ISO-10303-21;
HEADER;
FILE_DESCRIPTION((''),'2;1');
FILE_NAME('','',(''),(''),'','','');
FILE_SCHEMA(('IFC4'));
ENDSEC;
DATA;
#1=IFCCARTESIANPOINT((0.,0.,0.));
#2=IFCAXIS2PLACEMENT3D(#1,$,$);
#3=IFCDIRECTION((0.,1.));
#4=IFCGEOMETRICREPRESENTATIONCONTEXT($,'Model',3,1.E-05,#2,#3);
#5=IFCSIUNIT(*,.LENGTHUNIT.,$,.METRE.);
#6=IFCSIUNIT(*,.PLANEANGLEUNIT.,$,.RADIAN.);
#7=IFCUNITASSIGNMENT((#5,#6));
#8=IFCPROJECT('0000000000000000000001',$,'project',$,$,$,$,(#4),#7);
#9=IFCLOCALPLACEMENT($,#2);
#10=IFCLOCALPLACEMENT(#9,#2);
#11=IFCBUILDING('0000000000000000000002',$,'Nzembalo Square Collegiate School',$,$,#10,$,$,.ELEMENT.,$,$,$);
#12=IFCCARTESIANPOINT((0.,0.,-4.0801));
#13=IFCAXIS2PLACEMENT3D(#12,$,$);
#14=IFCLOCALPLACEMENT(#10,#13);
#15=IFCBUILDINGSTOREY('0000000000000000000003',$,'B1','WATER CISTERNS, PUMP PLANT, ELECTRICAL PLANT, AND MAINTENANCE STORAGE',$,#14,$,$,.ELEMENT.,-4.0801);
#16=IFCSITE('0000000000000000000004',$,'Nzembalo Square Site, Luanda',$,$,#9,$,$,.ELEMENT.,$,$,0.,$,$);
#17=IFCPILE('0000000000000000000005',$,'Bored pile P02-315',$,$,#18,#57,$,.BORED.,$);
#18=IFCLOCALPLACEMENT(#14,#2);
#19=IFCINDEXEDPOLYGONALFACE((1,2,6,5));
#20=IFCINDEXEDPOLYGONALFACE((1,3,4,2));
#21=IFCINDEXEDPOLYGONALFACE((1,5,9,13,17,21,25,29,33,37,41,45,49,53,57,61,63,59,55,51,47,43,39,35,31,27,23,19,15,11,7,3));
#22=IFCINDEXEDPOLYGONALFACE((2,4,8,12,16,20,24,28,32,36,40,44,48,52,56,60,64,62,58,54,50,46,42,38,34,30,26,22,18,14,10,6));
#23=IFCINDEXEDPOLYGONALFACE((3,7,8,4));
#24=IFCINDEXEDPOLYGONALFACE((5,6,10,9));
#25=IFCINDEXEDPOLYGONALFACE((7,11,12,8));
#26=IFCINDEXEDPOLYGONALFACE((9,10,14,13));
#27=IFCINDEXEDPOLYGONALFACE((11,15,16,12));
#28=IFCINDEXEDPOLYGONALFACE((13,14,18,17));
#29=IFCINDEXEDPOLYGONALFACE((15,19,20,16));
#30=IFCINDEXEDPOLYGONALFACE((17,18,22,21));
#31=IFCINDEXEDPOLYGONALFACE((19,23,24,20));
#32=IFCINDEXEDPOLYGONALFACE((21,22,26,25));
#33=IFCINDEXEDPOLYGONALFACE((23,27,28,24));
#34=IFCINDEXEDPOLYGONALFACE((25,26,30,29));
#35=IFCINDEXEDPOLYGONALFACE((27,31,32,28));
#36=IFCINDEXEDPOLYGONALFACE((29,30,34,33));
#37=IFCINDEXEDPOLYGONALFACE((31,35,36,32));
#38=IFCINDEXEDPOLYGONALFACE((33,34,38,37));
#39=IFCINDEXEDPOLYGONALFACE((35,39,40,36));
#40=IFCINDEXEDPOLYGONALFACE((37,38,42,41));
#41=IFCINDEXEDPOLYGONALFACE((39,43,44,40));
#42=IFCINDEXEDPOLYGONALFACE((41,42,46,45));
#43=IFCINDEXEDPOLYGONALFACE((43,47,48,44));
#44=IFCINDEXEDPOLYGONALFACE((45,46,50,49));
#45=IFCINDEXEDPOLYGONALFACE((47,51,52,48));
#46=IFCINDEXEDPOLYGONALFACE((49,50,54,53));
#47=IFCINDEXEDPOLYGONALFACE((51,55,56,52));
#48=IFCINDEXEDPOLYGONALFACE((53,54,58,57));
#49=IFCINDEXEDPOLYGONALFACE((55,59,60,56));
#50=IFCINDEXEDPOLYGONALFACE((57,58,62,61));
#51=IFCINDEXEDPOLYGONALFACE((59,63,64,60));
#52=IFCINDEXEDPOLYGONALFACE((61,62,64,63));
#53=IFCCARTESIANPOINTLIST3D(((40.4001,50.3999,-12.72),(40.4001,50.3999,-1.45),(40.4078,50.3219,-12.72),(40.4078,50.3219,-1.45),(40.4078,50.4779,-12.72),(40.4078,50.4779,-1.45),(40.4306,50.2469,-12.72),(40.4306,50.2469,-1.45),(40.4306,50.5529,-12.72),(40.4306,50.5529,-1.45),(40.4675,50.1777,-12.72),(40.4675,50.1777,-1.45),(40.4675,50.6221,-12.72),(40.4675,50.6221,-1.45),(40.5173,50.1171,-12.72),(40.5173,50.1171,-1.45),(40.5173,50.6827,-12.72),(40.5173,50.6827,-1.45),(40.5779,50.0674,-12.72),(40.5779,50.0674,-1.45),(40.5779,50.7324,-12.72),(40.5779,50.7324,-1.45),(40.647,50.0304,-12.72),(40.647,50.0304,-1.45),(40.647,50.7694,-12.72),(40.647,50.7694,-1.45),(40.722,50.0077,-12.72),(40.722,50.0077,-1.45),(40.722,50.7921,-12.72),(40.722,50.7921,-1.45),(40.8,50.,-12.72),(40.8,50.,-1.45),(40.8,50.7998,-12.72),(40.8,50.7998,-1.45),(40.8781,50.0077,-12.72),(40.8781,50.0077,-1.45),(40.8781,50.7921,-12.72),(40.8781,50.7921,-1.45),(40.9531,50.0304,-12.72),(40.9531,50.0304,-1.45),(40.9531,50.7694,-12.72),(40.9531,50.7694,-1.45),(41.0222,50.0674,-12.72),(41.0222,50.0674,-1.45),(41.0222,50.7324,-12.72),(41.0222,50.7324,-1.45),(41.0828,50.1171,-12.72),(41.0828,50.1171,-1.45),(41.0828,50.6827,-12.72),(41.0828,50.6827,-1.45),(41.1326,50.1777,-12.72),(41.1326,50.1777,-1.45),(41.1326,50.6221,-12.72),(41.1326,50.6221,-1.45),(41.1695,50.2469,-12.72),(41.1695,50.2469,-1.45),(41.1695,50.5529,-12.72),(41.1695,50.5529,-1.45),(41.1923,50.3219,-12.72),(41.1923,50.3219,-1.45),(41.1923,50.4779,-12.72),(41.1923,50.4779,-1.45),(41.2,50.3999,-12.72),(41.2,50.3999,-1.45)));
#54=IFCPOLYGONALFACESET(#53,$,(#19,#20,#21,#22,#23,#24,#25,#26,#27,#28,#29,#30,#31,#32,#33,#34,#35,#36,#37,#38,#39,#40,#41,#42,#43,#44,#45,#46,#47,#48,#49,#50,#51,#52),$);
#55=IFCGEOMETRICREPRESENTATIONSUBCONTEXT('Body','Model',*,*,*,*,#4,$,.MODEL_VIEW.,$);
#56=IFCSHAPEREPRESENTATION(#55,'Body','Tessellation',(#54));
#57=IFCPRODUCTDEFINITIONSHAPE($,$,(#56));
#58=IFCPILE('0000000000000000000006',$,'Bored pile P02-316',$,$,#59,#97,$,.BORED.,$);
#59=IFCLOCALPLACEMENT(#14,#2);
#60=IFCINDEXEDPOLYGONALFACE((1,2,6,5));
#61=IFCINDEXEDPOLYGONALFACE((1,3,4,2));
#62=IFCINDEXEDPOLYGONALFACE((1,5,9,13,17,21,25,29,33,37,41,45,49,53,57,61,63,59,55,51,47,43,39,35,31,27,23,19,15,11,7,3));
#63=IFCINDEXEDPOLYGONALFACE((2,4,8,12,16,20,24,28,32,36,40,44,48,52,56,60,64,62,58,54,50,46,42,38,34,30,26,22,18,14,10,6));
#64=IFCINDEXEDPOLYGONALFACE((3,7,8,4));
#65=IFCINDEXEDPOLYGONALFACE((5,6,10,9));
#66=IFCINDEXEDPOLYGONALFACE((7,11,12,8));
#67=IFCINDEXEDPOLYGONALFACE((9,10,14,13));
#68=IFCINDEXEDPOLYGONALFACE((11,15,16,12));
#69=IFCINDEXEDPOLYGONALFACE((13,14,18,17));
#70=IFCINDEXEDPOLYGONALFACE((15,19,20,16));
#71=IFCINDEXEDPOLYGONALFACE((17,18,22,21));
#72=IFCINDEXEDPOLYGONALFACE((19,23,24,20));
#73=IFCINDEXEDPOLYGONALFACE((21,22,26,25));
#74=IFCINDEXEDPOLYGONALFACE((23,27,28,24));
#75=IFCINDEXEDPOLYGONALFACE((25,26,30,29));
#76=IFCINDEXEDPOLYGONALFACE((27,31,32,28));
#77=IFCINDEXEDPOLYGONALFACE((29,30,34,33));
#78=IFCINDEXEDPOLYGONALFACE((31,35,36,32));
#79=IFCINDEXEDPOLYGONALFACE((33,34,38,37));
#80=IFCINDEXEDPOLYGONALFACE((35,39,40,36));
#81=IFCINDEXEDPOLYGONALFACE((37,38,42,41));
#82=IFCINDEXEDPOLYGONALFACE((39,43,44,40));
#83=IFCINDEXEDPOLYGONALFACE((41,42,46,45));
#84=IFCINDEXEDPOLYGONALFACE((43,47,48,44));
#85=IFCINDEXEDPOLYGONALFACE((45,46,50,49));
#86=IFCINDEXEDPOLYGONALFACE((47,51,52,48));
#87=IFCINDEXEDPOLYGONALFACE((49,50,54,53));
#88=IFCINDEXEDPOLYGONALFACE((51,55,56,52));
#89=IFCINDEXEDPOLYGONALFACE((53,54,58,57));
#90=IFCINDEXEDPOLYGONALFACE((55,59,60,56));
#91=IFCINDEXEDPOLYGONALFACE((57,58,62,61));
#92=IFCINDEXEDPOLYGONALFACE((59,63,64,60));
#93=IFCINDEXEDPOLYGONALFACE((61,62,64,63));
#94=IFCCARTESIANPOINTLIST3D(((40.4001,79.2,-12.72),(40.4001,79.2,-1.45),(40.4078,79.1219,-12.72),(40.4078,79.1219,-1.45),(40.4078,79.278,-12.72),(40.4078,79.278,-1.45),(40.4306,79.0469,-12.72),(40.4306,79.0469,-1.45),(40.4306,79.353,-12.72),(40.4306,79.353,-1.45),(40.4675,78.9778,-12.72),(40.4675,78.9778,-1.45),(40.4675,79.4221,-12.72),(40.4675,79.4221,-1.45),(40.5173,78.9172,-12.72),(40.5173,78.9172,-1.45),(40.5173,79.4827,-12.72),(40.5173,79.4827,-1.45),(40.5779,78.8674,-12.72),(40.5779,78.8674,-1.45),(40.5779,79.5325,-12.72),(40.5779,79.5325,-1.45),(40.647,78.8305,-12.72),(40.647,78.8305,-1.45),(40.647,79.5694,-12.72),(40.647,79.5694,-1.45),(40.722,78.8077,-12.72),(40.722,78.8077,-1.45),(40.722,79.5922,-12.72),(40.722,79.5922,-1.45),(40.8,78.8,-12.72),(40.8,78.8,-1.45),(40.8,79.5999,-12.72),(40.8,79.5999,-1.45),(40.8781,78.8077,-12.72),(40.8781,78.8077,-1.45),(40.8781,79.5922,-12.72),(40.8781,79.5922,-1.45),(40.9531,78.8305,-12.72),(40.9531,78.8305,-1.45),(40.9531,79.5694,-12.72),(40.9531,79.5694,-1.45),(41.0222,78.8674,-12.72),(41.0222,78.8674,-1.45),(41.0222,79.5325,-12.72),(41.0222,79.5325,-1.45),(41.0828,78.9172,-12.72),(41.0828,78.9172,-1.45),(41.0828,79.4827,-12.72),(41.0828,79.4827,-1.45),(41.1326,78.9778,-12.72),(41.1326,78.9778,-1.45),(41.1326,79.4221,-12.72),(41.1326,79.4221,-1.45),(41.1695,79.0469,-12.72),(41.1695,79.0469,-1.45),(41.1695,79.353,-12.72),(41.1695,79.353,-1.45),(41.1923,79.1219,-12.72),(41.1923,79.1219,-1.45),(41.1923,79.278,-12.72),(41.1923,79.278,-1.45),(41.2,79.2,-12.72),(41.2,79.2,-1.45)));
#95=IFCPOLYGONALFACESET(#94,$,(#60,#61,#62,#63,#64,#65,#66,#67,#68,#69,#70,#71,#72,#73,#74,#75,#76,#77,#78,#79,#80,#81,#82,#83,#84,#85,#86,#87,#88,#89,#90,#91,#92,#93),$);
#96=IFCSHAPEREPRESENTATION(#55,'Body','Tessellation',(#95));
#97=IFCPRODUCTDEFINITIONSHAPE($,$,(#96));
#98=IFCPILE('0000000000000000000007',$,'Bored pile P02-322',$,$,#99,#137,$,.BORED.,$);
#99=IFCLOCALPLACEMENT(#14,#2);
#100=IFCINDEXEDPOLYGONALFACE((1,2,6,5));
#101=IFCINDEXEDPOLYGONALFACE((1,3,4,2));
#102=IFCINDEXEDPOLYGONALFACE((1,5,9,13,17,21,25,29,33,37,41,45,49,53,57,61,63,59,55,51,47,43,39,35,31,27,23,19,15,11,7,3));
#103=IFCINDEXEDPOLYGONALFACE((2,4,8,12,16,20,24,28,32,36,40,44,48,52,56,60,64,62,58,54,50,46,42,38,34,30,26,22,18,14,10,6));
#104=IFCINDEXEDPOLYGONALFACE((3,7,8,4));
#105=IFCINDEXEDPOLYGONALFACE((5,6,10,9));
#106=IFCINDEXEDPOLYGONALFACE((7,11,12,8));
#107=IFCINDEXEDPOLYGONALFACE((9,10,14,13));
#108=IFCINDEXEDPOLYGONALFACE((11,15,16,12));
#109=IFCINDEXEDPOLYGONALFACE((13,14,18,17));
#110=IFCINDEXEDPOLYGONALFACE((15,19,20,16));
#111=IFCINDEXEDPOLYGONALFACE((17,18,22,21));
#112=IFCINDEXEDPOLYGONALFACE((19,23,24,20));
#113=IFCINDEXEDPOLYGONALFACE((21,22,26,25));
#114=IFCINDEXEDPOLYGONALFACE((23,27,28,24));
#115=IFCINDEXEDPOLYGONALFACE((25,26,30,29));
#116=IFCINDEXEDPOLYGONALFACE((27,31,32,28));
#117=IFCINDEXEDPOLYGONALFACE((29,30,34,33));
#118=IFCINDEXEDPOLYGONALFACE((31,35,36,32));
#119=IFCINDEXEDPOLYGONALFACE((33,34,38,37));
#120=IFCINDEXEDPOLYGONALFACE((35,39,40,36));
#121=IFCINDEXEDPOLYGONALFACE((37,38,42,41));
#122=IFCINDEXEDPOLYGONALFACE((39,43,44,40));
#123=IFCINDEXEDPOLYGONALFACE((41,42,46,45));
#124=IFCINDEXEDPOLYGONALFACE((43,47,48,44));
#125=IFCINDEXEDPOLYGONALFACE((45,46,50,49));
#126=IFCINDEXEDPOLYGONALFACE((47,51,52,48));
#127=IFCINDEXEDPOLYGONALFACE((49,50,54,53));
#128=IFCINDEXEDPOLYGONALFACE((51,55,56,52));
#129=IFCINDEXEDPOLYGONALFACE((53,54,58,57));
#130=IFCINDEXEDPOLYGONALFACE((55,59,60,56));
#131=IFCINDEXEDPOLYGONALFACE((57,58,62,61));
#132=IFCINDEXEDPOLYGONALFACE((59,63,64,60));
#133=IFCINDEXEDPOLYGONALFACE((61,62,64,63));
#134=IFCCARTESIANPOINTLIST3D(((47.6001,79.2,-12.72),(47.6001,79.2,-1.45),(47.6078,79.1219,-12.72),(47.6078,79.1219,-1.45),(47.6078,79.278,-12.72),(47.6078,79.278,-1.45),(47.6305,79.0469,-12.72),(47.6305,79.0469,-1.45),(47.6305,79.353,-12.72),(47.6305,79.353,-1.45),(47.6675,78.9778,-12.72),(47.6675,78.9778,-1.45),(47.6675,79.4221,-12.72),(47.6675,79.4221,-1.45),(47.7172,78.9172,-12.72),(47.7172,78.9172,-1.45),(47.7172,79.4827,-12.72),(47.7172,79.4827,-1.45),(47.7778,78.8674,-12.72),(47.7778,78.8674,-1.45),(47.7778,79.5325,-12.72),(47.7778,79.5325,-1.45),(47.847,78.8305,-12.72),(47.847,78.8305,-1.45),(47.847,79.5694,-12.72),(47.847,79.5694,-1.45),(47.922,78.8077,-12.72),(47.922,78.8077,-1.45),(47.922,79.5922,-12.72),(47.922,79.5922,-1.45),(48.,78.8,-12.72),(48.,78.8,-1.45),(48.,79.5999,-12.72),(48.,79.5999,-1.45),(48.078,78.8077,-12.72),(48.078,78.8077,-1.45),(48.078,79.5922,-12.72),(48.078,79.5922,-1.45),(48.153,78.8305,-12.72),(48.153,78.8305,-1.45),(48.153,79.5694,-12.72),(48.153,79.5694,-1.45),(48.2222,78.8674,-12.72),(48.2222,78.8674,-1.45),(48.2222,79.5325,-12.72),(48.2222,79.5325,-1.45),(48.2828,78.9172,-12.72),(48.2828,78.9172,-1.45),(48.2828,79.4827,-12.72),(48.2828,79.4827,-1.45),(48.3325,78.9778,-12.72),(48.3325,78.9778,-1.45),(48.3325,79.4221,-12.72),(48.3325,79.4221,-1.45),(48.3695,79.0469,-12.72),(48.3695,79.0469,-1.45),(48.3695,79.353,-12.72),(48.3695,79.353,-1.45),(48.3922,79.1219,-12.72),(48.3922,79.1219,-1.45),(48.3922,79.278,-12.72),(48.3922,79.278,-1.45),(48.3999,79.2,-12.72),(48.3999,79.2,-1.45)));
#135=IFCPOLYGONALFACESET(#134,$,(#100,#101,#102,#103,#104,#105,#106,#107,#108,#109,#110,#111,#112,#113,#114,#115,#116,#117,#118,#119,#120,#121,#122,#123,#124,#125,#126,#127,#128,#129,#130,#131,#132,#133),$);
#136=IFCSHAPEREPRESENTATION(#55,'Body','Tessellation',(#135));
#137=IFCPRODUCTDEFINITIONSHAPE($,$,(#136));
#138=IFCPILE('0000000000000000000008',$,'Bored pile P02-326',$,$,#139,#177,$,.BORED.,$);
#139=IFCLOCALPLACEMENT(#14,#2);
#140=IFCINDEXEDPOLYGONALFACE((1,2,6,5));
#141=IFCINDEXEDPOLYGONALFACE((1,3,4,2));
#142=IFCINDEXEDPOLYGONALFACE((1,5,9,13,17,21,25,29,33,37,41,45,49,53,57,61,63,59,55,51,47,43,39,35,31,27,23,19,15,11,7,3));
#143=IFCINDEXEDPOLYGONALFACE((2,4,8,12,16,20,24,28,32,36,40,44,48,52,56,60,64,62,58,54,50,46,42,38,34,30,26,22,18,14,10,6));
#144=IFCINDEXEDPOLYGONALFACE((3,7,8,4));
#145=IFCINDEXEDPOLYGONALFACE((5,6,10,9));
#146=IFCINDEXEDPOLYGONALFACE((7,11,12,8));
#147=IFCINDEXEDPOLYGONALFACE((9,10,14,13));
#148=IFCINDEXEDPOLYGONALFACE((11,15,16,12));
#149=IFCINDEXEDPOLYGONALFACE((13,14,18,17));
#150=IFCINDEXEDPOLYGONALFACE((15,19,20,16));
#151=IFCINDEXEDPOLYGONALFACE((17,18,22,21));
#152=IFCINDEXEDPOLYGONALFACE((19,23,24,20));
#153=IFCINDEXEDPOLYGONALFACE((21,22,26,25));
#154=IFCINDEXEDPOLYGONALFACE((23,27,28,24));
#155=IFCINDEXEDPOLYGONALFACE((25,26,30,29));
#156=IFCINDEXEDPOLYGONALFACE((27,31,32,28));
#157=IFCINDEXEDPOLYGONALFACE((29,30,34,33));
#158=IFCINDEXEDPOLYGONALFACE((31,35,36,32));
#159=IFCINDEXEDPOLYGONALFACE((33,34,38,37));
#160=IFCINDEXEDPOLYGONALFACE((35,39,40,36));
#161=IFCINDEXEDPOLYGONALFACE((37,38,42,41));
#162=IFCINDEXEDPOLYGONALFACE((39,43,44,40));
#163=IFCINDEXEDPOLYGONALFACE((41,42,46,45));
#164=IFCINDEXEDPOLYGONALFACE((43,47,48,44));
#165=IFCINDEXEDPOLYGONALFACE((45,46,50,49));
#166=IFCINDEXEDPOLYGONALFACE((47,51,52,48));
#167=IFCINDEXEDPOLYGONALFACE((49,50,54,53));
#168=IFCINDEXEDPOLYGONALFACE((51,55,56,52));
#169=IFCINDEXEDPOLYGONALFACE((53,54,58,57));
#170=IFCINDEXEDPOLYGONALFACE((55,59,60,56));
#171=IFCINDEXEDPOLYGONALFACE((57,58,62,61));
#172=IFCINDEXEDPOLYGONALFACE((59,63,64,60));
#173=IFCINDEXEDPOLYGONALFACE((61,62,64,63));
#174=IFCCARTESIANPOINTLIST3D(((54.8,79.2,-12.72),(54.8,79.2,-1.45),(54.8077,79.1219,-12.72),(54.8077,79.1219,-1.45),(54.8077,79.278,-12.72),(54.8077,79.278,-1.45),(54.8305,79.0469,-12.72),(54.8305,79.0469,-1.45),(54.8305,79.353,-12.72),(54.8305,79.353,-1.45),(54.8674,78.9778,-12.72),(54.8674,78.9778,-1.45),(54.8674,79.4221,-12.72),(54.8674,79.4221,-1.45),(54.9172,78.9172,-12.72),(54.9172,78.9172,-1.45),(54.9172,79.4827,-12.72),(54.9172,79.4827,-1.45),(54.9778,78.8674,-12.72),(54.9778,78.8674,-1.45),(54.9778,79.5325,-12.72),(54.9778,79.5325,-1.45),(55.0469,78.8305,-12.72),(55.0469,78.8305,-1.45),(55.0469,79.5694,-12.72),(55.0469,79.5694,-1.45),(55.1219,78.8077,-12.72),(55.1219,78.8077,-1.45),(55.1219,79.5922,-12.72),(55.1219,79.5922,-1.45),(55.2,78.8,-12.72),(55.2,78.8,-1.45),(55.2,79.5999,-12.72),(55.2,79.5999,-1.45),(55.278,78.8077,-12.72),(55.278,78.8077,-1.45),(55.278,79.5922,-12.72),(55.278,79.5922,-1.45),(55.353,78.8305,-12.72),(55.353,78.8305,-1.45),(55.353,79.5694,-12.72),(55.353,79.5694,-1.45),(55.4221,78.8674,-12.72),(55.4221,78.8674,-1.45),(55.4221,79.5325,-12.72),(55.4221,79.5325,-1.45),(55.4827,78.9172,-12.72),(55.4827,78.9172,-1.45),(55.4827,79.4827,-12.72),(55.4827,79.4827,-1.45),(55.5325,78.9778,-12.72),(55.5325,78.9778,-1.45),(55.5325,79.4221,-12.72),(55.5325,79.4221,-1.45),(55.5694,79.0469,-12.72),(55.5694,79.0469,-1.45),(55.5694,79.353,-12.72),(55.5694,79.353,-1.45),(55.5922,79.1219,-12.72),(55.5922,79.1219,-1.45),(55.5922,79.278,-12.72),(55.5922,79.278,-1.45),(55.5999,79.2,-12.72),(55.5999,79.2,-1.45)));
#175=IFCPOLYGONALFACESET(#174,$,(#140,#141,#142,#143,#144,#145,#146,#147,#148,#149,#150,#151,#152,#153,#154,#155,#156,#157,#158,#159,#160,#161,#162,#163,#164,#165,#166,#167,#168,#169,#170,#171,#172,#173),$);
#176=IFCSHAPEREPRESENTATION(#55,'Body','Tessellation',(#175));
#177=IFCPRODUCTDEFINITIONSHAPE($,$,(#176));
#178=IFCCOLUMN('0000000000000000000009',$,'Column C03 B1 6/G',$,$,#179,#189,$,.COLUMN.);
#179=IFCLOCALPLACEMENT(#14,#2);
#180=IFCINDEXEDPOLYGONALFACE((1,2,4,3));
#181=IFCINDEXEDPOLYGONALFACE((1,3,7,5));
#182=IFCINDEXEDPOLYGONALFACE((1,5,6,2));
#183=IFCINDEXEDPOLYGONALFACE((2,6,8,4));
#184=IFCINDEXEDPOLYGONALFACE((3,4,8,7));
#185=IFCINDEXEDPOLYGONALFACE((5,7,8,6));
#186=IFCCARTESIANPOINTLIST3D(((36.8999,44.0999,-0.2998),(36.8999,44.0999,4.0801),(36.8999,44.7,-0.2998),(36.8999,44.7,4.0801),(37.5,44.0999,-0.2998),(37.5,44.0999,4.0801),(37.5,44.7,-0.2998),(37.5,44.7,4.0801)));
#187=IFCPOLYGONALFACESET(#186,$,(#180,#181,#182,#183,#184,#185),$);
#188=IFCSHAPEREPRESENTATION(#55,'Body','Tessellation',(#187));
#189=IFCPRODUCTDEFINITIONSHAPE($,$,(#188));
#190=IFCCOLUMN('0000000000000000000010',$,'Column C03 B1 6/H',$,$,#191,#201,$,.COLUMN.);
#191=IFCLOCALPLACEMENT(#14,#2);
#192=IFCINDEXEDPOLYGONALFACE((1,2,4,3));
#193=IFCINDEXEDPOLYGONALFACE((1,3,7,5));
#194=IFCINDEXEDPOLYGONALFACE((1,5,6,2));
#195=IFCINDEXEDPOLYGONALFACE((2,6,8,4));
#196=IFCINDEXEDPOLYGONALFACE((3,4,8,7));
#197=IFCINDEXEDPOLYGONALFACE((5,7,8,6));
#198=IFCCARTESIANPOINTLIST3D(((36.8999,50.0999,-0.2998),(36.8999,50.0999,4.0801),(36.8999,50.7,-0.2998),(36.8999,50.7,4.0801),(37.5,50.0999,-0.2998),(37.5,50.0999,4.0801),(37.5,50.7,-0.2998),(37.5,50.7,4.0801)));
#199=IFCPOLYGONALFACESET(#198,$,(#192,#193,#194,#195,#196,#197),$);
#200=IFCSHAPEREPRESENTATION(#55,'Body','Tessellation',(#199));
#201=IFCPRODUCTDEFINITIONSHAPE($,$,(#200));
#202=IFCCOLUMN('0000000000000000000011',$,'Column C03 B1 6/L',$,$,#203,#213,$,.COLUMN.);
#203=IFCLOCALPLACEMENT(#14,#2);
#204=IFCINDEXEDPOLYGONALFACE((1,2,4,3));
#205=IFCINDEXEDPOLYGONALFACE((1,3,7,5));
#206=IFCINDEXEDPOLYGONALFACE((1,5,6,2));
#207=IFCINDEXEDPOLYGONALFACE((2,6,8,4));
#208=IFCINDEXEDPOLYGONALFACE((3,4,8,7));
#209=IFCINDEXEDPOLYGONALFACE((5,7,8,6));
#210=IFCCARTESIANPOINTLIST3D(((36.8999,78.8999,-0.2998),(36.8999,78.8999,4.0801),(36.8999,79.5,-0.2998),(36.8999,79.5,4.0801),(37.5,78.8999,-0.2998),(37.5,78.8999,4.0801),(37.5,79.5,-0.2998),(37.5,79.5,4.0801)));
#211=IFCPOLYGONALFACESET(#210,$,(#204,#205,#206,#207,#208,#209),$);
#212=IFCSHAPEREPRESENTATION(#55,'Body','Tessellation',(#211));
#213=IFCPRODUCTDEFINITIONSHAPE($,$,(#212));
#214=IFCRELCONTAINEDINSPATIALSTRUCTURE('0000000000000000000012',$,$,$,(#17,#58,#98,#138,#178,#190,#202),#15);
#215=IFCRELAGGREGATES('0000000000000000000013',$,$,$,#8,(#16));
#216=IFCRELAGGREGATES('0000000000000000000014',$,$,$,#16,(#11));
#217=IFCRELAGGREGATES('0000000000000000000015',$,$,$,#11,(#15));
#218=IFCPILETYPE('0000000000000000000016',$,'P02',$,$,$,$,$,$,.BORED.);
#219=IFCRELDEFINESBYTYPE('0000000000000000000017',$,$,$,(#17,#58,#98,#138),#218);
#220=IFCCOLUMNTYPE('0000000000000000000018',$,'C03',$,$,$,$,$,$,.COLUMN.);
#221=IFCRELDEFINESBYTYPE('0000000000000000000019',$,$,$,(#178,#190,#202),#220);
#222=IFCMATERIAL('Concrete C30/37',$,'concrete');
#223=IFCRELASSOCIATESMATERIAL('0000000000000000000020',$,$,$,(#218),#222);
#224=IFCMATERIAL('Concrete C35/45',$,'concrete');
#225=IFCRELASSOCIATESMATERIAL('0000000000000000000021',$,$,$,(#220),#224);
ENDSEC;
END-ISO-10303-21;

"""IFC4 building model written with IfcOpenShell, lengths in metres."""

from ifc_helpers import new_model, si_unit, direction, frame, origin, origin_2d, place, context, subcontext, project, spatial, rectangle, circle, extrude, material, material_profile, profile_set, type_object, element, save


model = new_model("IFC4")

# Units and contexts
model_context = context("Model", 3, precision=1e-05, world=origin(), true_north=direction((0.0, 1.0)))
body_context = subcontext(model_context, "Body", "Model", "MODEL_VIEW")
ifc_project = project(units=[si_unit("LENGTHUNIT", "METRE"), si_unit("PLANEANGLEUNIT", "RADIAN")], contexts=[model_context])

# Site, building, storey
site_placement = place(None, origin())
site = spatial("IfcSite", under=ifc_project, at=site_placement, Name="Nzembalo Square Site, Luanda", CompositionType="ELEMENT", RefElevation=0.0)
building_placement = place(site_placement, origin())
building = spatial("IfcBuilding", under=site, at=building_placement, Name="Nzembalo Square Collegiate School", CompositionType="ELEMENT")
storey_placement = place(building_placement, frame((0.0, 0.0, -4.0801)))
storey = spatial("IfcBuildingStorey", under=building, at=storey_placement, Name="B1", Description="WATER CISTERNS, PUMP PLANT, ELECTRICAL PLANT, AND MAINTENANCE STORAGE", CompositionType="ELEMENT", Elevation=-4.0801)

# Piles
ifc_material_1 = material(Name="Concrete C30/37", Category="concrete")
ifc_material_profile_1 = material_profile(ifc_material_1, circle(Radius=0.3999, at=origin_2d()), Name="PILE D800")
ifc_profile_set_1 = profile_set([ifc_material_profile_1], Name="Concrete C30/37")
pile_type = type_object("IfcPileType", Name="P02", PredefinedType="BORED", material=ifc_profile_set_1)
for number, where, z_axis, x_axis, name in (
    (1, (40.8, 50.3999, -1.45), (0.0, 0.0, -1.0), (1.0, 0.0, 0.0), "Bored pile P02-315"),
    (2, (40.8, 79.2, -1.45), (0.0, 0.0, -1.0), (1.0, 0.0, 0.0), "Bored pile P02-316"),
    (3, (48.0, 79.2, -1.45), (0.0, 0.0, -1.0), (1.0, 0.0, 0.0), "Bored pile P02-322"),
    (4, (55.2, 79.2, -1.45), (0.0, 0.0, -1.0), (1.0, 0.0, 0.0), "Bored pile P02-326"),
):
    element("IfcPile", number, at=place(storey_placement, frame(where, z_axis=z_axis, x_axis=x_axis)), inside=storey, type_object=pile_type, Name=name, PredefinedType="BORED", context=body_context, shape_type="SweptSolid", body=[
        extrude(circle(Radius=0.3999, at=origin_2d()), origin(), (0.0, 0.0, 1.0), 11.27),
    ])

# Columns
ifc_material_2 = material(Name="Concrete C35/45", Category="concrete")
ifc_material_profile_2 = material_profile(ifc_material_2, rectangle(XDim=0.6001, YDim=0.6001, at=origin_2d()), Name="RC 600x600")
ifc_profile_set_2 = profile_set([ifc_material_profile_2], Name="Concrete C35/45")
column_type = type_object("IfcColumnType", Name="C03", PredefinedType="COLUMN", material=ifc_profile_set_2)
for number, where, z_axis, x_axis, name in (
    (5, (37.2, 44.3999, -0.2998), (0.0, 0.0, 1.0), (1.0, 0.0, 0.0), "Column C03 B1 6/G"),
    (6, (37.2, 50.3999, -0.2998), (0.0, 0.0, 1.0), (1.0, 0.0, 0.0), "Column C03 B1 6/H"),
    (7, (37.2, 79.2, -0.2998), (0.0, 0.0, 1.0), (1.0, 0.0, 0.0), "Column C03 B1 6/L"),
):
    element("IfcColumn", number, at=place(storey_placement, frame(where, z_axis=z_axis, x_axis=x_axis)), inside=storey, type_object=column_type, Name=name, PredefinedType="COLUMN", context=body_context, shape_type="SweptSolid", body=[
        extrude(rectangle(XDim=0.6001, YDim=0.6001, at=origin_2d()), origin(), (0.0, 0.0, 1.0), 4.3799),
    ])

save(model, "model.ifc")
